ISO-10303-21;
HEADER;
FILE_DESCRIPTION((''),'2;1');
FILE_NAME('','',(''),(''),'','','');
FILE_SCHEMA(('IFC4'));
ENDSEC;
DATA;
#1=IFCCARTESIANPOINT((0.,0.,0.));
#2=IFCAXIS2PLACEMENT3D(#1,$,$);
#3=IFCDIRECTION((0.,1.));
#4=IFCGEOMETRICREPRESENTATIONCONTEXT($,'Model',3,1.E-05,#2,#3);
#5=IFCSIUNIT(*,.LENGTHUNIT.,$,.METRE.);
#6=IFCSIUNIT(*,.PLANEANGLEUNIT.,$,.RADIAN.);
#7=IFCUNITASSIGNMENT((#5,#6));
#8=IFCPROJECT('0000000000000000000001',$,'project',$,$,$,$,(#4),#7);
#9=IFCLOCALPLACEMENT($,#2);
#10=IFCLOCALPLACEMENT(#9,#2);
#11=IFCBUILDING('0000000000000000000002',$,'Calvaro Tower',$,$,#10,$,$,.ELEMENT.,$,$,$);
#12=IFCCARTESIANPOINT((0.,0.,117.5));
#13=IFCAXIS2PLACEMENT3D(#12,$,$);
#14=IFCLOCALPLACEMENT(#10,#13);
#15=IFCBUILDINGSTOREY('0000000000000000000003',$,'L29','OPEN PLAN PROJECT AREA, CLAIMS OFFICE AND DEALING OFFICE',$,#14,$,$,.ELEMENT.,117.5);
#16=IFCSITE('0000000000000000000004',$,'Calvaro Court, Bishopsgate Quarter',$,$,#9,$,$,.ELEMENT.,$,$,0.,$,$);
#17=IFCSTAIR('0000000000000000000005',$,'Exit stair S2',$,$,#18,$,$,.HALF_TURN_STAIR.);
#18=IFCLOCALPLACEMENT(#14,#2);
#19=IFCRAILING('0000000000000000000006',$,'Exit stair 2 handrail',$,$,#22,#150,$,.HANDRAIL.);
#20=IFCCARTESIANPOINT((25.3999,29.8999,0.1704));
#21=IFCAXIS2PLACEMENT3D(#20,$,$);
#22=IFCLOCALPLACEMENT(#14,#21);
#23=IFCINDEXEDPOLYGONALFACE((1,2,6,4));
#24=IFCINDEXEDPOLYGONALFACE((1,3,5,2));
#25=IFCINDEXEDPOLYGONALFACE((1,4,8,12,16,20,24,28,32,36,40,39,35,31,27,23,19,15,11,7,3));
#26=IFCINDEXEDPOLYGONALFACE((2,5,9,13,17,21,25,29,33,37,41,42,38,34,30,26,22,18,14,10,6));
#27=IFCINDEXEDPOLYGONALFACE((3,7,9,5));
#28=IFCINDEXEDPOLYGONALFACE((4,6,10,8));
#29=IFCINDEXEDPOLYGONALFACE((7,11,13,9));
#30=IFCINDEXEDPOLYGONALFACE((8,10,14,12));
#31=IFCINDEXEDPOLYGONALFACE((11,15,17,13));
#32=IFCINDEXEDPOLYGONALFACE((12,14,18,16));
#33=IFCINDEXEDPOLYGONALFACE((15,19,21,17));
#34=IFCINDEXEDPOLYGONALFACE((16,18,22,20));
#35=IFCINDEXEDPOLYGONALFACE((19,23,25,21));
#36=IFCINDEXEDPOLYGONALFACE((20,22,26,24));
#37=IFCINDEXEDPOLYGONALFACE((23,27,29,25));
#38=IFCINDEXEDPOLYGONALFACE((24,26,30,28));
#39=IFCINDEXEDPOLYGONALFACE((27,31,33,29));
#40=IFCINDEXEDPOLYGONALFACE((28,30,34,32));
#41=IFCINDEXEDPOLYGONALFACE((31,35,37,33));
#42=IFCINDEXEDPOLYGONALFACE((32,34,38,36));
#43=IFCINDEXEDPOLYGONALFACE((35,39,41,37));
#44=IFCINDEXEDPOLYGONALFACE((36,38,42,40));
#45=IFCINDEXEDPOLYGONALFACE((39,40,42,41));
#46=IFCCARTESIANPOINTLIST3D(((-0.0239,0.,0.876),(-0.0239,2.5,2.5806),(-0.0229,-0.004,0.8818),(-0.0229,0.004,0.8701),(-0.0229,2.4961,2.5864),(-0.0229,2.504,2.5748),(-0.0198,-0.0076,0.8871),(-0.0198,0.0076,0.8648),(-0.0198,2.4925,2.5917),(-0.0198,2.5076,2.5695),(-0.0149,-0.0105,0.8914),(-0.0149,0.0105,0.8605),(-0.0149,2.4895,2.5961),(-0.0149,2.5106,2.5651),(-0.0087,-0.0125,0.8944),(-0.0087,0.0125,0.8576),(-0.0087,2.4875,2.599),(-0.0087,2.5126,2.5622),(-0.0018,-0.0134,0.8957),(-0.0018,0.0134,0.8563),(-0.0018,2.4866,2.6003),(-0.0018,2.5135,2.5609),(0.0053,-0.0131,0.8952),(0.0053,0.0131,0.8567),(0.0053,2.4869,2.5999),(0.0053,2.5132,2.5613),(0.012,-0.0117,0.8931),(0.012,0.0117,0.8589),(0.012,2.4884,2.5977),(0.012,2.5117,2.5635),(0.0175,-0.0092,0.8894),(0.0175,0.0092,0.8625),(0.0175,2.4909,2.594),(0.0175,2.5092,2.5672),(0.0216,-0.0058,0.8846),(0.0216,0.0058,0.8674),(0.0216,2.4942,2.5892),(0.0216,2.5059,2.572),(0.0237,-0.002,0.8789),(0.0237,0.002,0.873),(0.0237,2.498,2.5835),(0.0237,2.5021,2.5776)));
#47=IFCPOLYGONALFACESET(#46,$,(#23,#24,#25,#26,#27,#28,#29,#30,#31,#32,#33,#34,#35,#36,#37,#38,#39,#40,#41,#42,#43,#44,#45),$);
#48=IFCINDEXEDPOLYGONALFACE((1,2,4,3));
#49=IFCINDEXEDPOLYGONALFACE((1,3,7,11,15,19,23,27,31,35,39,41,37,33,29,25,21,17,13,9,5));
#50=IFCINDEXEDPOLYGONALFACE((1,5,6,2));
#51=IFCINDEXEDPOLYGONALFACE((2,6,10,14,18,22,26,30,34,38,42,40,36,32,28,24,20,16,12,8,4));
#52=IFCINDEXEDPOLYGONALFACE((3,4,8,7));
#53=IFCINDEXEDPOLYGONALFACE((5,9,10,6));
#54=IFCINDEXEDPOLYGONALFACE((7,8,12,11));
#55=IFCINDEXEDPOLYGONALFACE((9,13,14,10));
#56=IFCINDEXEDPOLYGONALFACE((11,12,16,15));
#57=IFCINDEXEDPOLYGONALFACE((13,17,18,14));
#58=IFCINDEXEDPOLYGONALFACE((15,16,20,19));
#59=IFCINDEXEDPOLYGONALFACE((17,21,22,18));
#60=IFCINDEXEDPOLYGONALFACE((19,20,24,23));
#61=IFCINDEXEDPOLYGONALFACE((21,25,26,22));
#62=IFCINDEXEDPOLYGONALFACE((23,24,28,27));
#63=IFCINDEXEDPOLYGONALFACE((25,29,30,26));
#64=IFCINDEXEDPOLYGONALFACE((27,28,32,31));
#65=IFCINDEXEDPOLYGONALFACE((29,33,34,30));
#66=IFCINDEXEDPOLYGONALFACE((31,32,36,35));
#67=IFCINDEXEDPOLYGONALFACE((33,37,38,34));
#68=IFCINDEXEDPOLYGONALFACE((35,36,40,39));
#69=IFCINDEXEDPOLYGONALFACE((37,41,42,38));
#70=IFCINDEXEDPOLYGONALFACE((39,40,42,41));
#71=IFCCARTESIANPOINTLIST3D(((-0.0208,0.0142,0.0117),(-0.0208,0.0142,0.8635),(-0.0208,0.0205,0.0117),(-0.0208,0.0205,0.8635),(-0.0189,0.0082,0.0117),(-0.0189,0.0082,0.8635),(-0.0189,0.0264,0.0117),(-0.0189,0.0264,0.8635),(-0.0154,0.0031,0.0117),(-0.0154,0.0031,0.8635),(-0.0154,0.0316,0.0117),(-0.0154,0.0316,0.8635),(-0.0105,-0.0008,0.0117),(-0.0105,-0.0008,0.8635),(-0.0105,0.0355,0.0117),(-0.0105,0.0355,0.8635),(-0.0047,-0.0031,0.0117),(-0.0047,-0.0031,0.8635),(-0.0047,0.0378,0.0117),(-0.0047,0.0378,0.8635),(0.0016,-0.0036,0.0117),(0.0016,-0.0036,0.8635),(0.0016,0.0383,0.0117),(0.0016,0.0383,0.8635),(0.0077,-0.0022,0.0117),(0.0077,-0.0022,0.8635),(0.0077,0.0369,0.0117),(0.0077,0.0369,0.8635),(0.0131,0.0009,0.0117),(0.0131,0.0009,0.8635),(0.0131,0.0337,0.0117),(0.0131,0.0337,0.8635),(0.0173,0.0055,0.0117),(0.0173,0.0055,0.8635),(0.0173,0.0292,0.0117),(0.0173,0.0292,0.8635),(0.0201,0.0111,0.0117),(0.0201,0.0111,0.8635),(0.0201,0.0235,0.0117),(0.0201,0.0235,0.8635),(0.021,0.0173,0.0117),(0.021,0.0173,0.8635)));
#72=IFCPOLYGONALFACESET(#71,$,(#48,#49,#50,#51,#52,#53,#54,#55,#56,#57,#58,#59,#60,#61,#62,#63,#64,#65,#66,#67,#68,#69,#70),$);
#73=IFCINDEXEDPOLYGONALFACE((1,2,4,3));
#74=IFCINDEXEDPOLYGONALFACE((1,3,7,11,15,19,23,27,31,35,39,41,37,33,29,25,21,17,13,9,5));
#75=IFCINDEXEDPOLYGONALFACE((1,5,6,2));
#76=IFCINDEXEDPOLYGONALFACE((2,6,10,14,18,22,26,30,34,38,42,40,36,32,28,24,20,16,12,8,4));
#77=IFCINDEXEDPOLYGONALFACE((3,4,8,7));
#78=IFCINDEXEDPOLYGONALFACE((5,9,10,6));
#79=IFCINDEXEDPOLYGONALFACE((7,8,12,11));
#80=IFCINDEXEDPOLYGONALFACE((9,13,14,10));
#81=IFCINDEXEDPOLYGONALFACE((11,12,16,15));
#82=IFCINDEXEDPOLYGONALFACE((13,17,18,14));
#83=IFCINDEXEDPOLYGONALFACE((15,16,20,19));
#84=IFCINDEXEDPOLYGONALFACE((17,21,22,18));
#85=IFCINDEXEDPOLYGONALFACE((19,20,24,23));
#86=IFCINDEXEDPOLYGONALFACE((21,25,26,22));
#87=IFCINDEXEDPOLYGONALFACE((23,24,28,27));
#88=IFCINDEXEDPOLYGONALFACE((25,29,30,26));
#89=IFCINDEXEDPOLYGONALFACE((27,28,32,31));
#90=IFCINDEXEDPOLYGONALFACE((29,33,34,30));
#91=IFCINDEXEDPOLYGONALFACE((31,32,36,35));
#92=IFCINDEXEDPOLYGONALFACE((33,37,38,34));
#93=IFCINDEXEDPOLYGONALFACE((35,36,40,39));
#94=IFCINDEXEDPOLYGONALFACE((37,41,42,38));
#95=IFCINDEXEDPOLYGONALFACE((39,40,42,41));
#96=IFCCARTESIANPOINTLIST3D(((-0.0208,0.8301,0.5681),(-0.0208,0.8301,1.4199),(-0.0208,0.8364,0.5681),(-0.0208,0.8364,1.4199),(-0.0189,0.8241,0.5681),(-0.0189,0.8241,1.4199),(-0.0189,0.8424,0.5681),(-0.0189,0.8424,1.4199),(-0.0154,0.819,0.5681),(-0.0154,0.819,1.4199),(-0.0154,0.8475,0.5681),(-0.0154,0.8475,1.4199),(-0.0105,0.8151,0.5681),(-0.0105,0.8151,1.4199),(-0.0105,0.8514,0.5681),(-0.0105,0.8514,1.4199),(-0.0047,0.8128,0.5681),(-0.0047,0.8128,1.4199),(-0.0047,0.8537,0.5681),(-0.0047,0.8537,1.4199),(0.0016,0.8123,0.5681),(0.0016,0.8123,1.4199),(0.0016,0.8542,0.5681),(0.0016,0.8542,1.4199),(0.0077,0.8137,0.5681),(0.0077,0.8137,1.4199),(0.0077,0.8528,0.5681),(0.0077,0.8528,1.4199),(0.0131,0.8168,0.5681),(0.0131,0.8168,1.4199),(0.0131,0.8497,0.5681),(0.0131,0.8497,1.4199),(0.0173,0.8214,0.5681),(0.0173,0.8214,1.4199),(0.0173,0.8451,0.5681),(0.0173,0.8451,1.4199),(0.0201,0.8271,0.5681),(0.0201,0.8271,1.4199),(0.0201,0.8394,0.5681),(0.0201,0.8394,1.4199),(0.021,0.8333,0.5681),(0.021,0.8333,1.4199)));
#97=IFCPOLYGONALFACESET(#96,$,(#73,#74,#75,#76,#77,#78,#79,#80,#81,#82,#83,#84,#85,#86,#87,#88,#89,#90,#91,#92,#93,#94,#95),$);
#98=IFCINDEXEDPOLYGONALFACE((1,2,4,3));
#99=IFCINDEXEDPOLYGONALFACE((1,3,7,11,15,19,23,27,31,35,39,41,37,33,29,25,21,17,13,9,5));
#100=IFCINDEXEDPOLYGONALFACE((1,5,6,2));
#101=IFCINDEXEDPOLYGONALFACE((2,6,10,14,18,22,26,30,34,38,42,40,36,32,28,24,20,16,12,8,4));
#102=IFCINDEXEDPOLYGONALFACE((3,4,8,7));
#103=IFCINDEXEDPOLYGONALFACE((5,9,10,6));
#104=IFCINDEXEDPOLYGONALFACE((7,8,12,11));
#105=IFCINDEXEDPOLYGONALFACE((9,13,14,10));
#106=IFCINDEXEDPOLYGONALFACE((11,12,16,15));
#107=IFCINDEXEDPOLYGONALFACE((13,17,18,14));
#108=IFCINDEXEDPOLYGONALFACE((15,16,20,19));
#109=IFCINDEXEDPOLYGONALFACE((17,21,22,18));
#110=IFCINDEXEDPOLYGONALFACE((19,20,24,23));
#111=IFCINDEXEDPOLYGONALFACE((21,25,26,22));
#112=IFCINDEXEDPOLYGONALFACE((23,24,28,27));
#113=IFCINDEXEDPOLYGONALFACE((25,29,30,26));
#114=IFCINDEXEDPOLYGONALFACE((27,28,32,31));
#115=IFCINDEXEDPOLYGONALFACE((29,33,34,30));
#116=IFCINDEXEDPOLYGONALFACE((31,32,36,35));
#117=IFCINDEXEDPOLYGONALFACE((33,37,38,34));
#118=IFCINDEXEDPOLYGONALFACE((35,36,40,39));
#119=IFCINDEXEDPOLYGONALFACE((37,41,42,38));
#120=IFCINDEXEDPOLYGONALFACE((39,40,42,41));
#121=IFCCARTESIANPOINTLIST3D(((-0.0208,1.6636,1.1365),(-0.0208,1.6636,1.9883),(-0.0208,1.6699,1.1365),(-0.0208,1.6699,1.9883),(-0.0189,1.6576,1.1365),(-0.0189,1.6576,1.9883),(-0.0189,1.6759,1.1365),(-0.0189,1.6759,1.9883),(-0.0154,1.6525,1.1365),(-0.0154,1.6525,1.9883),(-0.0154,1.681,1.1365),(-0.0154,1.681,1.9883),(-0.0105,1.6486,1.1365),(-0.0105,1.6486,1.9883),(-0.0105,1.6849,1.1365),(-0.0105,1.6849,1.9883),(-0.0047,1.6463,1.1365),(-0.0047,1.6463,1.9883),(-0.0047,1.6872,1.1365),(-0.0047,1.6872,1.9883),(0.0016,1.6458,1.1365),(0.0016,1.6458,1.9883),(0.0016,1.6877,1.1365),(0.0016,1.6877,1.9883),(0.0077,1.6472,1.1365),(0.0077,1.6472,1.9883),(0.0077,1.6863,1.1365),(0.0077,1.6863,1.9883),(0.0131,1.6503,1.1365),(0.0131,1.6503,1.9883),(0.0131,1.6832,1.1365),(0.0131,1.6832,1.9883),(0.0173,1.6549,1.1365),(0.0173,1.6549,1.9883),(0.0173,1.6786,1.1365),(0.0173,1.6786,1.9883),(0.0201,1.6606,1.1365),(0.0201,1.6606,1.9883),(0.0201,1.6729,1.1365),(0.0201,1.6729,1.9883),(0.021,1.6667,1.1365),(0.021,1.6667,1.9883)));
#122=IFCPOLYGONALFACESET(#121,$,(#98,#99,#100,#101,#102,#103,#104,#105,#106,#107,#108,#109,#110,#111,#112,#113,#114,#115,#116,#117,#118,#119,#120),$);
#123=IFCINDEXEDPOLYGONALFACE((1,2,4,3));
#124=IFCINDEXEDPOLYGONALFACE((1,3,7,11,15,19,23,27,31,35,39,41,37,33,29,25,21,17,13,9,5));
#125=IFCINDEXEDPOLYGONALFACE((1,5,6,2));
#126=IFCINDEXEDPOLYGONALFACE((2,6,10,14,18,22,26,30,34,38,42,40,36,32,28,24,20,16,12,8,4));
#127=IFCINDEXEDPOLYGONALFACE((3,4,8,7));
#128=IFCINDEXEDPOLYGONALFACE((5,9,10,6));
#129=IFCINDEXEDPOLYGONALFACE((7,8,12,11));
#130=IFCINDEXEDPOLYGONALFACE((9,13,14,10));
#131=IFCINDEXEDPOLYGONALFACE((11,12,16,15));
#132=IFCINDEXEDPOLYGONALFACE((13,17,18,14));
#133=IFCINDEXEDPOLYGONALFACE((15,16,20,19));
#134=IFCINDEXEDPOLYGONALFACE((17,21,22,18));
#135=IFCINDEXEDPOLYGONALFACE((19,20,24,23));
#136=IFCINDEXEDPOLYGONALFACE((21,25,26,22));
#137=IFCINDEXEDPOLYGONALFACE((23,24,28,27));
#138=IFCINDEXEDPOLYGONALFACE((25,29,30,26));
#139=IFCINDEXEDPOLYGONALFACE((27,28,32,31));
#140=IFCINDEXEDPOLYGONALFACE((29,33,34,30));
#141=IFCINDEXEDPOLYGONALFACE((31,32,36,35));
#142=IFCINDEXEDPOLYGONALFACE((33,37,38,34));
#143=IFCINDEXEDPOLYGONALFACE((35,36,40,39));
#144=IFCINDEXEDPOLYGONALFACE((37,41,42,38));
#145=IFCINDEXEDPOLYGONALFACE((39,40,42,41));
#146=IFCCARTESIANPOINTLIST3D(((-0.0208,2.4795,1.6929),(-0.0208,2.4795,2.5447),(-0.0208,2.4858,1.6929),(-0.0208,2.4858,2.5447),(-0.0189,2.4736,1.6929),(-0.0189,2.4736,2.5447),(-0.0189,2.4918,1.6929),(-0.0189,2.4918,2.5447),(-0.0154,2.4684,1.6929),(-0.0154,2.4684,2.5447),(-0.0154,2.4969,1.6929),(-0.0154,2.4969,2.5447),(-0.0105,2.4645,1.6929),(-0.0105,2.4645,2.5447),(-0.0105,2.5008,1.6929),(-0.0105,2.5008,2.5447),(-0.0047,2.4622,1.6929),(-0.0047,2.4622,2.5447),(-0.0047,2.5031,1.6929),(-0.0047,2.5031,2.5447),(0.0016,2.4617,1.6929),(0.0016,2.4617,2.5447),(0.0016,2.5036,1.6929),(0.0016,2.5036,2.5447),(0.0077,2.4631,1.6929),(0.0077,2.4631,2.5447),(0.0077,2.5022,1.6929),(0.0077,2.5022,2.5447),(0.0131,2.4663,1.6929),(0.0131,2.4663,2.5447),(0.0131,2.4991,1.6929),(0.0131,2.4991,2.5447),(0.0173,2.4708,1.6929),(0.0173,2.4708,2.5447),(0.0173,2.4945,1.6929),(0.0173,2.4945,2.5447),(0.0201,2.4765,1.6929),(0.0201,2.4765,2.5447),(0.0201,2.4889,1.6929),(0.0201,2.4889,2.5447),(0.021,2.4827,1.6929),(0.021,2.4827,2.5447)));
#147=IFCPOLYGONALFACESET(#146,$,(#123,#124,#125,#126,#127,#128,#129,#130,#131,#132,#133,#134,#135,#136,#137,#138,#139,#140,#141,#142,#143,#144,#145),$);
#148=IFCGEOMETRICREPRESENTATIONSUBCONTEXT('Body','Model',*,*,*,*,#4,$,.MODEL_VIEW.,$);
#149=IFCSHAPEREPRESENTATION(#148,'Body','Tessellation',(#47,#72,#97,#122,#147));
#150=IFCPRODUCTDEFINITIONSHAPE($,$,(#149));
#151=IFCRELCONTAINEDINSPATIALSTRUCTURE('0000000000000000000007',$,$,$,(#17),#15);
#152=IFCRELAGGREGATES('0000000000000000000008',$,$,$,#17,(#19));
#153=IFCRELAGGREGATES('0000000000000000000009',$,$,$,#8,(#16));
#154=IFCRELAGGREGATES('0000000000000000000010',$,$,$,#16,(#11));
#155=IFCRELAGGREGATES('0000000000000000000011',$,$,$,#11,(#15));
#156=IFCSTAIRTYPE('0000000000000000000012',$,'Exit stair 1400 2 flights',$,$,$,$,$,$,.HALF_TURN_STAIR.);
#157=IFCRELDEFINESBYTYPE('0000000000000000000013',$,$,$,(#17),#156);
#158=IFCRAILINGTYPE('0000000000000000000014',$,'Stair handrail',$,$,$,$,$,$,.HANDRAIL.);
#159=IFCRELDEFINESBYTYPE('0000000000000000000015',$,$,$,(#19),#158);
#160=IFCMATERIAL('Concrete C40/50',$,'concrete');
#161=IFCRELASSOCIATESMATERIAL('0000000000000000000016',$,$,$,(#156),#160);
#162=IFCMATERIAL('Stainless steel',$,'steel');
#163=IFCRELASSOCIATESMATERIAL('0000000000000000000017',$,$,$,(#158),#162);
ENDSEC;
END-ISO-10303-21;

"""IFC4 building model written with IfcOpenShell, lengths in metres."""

from ifc_helpers import new_model, si_unit, direction, frame, origin, origin_2d, place, context, subcontext, project, spatial, circle, extrude, material, type_object, element, aggregate, save


model = new_model("IFC4")

# Units and contexts
model_context = context("Model", 3, precision=1e-05, world=origin(), true_north=direction((0.0, 1.0)))
body_context = subcontext(model_context, "Body", "Model", "MODEL_VIEW")
ifc_project = project(units=[si_unit("LENGTHUNIT", "METRE"), si_unit("PLANEANGLEUNIT", "RADIAN")], contexts=[model_context])

# Site, building, storey
site_placement = place(None, origin())
site = spatial("IfcSite", under=ifc_project, at=site_placement, Name="Calvaro Court, Bishopsgate Quarter", CompositionType="ELEMENT", RefElevation=0.0)
building_placement = place(site_placement, origin())
building = spatial("IfcBuilding", under=site, at=building_placement, Name="Calvaro Tower", CompositionType="ELEMENT")
storey_placement = place(building_placement, frame((0.0, 0.0, 117.5)))
storey = spatial("IfcBuildingStorey", under=building, at=storey_placement, Name="L29", Description="OPEN PLAN PROJECT AREA, CLAIMS OFFICE AND DEALING OFFICE", CompositionType="ELEMENT", Elevation=117.5)

# Stair, railing
ifc_material_1 = material(Name="Concrete C40/50", Category="concrete")
stair_type = type_object("IfcStairType", Name="Exit stair 1400 2 flights", PredefinedType="HALF_TURN_STAIR", material=ifc_material_1)
stair_placement = place(storey_placement, origin())
stair = element("IfcStair", 1, at=stair_placement, inside=storey, type_object=stair_type, Name="Exit stair S2", PredefinedType="HALF_TURN_STAIR")
ifc_material_2 = material(Name="Stainless steel", Category="steel")
railing_type = type_object("IfcRailingType", Name="Stair handrail", PredefinedType="HANDRAIL", material=ifc_material_2)
railing_1_placement = place(storey_placement, frame((25.3999, 29.8999, 0.1704)))
railing_1 = element("IfcRailing", 2, at=railing_1_placement, type_object=railing_type, Name="Exit stair 2 handrail", PredefinedType="HANDRAIL", context=body_context, shape_type="SweptSolid", body=[
    extrude(circle(Radius=0.0239, at=origin_2d()), frame((0.0, 0.0, 0.876), z_axis=(0.0, 0.826221, 0.563347), x_axis=(-1.0, 0.0, 0.0)), (0.0, 0.0, 1.0), 3.0259),
    extrude(circle(Radius=0.021, at=origin_2d()), frame((0.0, 0.0173, 0.0117)), (0.0, 0.0, 1.0), 0.8518),
    extrude(circle(Radius=0.021, at=origin_2d()), frame((0.0, 0.8333, 0.5681)), (0.0, 0.0, 1.0), 0.8518),
    extrude(circle(Radius=0.021, at=origin_2d()), frame((0.0, 1.6667, 1.1365)), (0.0, 0.0, 1.0), 0.8518),
    extrude(circle(Radius=0.021, at=origin_2d()), frame((0.0, 2.4827, 1.6929)), (0.0, 0.0, 1.0), 0.8518),
])
aggregate(stair, [railing_1])

save(model, "model.ifc")
